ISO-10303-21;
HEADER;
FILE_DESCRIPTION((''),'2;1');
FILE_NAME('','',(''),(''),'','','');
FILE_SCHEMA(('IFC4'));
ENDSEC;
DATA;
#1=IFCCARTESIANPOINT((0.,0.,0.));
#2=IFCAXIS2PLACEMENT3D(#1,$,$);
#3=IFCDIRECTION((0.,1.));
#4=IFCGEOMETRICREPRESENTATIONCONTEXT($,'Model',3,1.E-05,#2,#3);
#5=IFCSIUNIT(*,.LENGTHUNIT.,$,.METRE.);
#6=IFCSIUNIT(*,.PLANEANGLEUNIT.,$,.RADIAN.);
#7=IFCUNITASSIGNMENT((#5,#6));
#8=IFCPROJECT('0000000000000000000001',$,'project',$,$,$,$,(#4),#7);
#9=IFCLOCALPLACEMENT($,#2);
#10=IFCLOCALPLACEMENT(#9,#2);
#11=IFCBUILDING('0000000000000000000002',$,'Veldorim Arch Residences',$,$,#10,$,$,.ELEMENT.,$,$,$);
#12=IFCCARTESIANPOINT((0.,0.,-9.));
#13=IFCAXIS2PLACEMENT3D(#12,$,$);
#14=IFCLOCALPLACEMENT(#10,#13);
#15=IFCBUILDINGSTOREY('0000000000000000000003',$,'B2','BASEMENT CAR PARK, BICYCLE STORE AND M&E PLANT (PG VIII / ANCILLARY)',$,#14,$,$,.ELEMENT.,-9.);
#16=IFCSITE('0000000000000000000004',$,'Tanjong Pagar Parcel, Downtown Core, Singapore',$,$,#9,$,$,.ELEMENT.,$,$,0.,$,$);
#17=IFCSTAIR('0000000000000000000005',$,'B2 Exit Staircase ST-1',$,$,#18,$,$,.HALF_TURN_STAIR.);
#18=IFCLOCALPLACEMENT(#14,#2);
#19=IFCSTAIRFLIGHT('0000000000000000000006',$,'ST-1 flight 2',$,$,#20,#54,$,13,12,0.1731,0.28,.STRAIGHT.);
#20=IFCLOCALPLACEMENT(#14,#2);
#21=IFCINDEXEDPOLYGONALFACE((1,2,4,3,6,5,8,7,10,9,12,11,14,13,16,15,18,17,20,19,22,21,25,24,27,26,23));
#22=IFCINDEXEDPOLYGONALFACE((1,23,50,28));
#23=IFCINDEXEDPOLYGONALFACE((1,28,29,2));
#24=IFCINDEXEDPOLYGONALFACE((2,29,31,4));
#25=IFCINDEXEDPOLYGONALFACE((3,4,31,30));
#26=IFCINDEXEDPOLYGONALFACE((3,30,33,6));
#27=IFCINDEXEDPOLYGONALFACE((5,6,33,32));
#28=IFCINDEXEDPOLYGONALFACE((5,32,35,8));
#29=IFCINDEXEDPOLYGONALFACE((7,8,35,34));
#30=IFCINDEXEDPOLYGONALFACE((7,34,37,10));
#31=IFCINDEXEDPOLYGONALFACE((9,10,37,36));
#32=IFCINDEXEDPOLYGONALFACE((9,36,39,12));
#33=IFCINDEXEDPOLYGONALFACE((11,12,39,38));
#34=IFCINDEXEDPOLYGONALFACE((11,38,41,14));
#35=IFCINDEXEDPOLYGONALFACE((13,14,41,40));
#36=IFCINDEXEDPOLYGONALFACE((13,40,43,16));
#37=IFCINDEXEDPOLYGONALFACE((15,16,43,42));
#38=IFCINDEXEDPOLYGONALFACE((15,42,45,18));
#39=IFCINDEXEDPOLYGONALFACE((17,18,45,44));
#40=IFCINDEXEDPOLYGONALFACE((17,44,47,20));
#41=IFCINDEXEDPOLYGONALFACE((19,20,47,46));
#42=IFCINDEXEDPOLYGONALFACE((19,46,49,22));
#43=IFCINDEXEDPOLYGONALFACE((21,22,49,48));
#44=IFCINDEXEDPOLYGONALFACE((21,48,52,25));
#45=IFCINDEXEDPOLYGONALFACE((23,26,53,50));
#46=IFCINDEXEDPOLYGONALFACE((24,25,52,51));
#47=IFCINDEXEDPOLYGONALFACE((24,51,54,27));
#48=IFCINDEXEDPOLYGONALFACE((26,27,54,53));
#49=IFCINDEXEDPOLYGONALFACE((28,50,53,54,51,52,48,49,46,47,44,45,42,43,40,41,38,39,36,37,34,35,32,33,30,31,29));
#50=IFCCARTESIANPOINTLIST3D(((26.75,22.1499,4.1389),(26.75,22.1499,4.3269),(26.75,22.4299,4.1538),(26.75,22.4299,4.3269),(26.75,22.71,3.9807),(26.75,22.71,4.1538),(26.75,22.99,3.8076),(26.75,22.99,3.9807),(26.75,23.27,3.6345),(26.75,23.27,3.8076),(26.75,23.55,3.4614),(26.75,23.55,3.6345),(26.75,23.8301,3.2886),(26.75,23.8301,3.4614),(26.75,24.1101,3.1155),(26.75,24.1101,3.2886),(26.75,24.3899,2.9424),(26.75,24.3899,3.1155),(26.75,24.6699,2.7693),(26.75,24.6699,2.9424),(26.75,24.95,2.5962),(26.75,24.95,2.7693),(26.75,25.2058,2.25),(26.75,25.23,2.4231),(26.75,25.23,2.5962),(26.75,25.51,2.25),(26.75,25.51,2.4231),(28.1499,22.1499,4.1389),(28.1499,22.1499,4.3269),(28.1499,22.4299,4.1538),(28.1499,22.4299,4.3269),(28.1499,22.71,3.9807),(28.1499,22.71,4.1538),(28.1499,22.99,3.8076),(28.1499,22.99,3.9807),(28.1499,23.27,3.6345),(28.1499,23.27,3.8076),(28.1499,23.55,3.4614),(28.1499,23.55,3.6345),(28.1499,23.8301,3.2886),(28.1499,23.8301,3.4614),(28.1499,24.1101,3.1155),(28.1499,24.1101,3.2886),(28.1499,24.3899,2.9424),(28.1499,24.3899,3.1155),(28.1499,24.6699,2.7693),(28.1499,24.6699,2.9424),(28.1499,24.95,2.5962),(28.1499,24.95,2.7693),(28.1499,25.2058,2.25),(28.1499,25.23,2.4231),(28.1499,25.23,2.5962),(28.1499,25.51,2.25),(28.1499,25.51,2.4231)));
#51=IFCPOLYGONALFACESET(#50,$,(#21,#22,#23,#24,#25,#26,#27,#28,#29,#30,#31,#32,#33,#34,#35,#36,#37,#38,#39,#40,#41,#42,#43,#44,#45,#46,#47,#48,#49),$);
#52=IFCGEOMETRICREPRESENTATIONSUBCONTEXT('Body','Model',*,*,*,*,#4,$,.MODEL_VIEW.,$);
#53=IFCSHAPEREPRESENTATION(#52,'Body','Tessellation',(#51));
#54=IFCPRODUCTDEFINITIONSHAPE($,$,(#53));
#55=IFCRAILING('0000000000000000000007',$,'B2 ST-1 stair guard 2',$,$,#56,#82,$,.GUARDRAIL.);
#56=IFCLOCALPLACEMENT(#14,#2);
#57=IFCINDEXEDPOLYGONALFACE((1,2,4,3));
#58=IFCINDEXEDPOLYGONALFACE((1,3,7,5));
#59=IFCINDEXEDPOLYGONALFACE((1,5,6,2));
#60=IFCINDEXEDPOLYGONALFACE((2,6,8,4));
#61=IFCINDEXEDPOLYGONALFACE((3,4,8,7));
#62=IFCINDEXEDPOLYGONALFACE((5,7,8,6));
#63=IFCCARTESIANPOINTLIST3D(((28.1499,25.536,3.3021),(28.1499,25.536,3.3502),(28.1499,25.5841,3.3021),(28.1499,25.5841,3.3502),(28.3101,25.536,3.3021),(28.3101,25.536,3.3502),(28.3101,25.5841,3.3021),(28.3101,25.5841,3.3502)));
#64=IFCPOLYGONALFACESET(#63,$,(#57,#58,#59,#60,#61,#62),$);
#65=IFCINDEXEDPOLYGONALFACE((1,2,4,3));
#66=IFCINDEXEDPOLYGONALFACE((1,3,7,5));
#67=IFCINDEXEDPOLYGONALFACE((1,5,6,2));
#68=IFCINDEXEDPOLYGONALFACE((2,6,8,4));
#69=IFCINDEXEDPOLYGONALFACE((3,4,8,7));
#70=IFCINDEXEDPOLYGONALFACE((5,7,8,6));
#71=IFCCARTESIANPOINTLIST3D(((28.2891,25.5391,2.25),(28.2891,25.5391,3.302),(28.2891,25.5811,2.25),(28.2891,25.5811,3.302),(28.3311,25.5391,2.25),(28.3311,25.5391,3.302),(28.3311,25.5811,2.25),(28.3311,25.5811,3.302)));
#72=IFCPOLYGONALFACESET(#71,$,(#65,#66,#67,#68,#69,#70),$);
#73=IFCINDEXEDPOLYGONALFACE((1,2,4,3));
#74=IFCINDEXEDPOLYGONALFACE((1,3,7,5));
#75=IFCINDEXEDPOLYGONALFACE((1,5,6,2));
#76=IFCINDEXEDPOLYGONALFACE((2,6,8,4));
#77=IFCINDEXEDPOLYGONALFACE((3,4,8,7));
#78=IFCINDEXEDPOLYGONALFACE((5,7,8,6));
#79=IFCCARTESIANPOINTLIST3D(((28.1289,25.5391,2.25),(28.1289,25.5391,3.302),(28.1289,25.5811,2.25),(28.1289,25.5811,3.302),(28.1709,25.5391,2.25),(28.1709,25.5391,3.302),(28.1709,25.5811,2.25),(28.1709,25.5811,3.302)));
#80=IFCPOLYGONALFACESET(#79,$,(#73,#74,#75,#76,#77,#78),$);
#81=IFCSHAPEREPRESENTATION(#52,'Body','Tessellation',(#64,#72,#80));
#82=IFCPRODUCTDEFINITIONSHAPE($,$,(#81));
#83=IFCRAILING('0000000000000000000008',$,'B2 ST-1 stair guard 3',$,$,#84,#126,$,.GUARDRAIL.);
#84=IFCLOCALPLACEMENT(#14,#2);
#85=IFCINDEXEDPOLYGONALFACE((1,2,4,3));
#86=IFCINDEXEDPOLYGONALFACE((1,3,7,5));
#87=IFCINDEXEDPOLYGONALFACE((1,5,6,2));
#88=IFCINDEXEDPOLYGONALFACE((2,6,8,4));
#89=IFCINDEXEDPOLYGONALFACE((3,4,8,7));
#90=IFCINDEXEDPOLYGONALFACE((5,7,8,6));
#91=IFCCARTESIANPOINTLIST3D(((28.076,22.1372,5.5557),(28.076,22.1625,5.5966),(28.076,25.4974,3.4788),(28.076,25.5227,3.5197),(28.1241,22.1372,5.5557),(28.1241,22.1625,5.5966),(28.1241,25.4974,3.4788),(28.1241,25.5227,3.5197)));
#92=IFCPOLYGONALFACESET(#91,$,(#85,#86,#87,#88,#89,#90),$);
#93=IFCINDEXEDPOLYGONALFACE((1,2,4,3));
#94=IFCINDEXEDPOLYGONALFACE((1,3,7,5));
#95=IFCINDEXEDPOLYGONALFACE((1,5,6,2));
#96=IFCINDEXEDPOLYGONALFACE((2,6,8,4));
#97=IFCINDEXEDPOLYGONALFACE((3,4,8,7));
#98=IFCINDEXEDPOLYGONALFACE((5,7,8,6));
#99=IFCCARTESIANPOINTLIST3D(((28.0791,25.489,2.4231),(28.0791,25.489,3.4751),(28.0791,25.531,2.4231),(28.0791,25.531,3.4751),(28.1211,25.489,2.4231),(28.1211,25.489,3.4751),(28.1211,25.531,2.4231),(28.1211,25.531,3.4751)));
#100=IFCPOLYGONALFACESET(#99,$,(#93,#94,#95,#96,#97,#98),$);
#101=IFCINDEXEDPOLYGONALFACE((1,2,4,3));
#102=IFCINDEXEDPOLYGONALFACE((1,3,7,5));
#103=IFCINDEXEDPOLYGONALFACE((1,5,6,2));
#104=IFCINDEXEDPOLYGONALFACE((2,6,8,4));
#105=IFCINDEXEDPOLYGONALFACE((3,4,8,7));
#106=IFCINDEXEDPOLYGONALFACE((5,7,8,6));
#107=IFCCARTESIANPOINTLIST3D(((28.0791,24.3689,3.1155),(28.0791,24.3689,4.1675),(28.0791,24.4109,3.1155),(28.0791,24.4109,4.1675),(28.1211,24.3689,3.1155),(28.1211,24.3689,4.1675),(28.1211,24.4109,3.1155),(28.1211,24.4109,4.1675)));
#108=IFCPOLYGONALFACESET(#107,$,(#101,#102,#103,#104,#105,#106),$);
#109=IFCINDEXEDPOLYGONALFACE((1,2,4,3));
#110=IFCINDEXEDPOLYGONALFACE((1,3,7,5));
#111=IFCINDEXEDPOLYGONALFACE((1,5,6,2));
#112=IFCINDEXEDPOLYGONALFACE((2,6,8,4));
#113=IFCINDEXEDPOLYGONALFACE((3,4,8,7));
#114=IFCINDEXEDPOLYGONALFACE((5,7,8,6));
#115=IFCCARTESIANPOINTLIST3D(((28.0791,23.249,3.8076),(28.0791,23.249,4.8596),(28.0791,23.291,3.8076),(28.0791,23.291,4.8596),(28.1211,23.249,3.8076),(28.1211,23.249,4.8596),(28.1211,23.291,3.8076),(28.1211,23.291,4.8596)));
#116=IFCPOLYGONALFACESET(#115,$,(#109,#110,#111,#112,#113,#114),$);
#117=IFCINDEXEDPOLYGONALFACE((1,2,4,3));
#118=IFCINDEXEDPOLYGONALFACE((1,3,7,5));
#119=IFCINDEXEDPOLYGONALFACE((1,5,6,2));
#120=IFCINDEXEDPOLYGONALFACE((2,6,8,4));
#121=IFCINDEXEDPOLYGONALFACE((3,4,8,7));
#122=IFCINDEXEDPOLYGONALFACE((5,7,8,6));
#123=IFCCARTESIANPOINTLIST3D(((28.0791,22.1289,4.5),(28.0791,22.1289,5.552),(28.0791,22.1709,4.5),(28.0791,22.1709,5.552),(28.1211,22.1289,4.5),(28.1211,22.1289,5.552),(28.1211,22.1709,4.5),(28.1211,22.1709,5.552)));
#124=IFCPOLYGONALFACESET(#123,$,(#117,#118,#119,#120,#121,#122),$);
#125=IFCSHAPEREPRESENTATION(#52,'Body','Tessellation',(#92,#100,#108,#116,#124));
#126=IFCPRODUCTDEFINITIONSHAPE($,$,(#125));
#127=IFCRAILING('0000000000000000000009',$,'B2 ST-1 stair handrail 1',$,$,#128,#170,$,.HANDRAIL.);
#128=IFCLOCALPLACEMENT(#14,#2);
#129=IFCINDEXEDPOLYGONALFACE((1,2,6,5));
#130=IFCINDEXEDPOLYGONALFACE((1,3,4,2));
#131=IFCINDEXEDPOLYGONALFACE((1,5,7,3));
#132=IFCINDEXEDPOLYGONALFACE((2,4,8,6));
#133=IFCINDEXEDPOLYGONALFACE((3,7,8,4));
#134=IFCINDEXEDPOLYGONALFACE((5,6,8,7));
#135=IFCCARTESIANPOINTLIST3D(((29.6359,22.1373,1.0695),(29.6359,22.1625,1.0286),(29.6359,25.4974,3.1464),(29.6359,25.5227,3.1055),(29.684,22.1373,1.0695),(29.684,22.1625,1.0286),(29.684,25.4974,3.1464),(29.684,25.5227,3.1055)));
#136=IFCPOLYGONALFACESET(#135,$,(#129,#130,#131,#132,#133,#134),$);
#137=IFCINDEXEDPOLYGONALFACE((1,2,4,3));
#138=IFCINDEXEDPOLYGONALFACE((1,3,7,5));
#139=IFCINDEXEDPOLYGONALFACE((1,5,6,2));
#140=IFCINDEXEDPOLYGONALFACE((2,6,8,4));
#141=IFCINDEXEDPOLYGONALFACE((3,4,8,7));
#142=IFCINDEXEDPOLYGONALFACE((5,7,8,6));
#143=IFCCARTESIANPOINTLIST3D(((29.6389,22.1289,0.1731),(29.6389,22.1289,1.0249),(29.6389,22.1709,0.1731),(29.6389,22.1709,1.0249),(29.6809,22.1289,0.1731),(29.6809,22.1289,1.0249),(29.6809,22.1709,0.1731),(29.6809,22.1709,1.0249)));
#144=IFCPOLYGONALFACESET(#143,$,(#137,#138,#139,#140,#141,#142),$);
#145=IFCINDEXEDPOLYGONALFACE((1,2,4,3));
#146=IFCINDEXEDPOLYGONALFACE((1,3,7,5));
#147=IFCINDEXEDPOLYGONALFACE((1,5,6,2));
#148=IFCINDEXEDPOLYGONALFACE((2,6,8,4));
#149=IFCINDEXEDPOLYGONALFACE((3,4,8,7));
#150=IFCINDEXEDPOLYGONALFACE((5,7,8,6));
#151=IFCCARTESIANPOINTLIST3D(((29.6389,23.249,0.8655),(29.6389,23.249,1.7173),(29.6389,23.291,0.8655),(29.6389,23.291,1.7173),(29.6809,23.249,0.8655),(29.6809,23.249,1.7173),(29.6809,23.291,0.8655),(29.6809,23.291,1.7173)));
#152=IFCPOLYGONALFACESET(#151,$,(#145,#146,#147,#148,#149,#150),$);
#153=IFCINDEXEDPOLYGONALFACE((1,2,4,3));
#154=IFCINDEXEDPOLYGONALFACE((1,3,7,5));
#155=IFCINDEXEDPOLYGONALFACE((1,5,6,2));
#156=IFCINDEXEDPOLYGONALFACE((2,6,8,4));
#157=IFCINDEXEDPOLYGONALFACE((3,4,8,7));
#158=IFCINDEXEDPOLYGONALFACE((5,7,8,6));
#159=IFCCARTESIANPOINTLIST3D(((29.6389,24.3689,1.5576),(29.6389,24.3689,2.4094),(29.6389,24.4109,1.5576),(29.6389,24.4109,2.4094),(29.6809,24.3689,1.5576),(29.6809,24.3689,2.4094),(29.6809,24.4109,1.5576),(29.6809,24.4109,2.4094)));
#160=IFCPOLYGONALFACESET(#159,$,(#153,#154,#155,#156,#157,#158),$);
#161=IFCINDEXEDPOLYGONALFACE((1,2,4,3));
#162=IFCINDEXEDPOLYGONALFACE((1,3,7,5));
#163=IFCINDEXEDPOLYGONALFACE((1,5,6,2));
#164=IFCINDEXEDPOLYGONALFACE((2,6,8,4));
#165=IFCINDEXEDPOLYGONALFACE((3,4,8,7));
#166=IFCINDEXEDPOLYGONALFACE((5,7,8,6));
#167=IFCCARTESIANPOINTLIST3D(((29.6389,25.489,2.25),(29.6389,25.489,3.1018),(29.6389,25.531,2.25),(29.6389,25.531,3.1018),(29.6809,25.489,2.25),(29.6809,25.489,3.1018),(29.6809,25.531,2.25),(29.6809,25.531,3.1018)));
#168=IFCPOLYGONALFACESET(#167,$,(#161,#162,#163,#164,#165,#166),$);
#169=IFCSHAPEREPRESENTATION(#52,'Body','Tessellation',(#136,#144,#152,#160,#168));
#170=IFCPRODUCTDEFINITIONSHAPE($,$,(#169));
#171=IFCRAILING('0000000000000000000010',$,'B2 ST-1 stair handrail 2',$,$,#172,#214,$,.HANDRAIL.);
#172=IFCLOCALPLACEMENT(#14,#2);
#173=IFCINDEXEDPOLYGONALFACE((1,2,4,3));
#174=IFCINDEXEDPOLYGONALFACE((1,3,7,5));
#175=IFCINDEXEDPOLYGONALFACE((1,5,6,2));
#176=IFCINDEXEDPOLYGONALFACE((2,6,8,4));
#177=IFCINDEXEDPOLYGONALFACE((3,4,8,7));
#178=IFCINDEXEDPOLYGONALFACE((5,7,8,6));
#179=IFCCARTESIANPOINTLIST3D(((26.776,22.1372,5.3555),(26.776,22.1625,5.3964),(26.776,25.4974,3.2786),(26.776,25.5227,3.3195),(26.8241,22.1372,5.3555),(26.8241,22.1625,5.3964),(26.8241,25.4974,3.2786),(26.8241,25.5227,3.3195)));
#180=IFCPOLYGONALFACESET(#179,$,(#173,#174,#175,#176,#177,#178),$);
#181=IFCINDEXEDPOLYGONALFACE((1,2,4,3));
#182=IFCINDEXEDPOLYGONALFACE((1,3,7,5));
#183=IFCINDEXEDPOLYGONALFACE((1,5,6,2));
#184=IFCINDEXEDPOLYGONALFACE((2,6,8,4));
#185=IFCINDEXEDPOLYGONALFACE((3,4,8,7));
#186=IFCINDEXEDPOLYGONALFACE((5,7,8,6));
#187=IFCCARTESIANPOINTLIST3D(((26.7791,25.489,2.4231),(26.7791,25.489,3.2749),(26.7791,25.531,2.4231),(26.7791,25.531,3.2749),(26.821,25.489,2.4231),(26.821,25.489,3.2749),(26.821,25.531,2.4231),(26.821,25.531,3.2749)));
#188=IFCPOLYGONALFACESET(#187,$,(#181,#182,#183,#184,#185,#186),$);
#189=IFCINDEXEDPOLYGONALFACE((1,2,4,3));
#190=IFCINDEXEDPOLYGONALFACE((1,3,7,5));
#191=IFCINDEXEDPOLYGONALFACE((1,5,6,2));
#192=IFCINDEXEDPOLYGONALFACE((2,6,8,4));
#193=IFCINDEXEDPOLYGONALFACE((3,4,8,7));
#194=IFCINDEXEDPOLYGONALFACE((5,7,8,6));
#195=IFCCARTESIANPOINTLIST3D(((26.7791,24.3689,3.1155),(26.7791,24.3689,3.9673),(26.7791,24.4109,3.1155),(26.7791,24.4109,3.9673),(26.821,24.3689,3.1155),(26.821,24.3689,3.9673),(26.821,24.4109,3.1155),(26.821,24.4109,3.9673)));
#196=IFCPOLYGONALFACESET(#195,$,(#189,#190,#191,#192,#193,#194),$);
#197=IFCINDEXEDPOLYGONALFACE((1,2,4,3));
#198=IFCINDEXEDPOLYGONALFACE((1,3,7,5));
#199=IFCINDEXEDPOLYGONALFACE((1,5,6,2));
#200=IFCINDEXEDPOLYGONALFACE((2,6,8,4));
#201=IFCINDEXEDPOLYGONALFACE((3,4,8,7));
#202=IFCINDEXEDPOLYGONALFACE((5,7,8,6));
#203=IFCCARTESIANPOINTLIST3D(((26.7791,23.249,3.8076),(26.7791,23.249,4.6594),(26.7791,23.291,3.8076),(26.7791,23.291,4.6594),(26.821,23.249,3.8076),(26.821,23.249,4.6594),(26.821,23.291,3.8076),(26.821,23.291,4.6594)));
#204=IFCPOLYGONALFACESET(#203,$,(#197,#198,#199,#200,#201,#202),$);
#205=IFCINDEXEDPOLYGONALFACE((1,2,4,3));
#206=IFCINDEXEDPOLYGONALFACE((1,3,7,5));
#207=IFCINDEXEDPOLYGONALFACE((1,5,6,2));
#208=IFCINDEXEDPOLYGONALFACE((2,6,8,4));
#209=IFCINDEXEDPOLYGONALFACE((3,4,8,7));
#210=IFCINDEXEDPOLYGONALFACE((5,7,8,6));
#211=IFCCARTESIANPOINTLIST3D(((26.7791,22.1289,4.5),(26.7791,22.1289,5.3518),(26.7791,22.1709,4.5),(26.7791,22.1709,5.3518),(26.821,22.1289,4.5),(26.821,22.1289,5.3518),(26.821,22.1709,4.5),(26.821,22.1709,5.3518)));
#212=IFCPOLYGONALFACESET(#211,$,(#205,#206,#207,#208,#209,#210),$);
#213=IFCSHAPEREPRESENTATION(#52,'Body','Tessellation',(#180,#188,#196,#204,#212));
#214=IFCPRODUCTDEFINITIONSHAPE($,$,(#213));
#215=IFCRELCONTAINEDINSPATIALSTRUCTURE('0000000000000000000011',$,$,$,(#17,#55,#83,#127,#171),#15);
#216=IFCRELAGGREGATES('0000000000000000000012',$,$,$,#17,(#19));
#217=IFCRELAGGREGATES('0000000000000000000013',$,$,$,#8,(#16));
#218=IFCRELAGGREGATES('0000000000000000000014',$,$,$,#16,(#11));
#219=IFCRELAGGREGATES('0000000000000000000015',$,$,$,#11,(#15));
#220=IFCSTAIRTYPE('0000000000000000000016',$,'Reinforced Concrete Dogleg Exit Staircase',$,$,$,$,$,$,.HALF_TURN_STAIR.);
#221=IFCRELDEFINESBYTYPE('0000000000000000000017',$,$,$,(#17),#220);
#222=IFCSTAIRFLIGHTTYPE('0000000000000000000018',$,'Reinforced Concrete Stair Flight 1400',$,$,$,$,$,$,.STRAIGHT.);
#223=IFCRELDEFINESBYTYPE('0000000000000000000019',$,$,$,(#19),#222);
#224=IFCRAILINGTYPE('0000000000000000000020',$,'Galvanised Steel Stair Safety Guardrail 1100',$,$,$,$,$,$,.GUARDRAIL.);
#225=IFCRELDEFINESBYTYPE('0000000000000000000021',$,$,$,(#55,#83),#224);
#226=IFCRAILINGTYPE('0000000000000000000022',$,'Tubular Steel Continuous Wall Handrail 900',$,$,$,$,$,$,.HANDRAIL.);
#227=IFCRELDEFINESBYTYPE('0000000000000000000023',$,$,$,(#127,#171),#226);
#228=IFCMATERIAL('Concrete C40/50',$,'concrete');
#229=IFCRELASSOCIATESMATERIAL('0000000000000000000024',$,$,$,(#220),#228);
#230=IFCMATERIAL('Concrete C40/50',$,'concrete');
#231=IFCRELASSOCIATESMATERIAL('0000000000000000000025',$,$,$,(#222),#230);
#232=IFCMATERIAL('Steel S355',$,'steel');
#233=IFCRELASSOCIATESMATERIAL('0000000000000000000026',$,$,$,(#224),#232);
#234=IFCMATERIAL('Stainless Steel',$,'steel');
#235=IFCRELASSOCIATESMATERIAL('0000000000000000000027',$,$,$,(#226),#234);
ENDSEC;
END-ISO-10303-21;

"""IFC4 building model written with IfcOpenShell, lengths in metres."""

from ifc_helpers import new_model, si_unit, direction, frame, origin, origin_2d, place, context, subcontext, project, spatial, polyline, rectangle, outline, extrude, material, type_object, element, aggregate, save


model = new_model("IFC4")

# Units and contexts
model_context = context("Model", 3, precision=1e-05, world=origin(), true_north=direction((0.0, 1.0)))
body_context = subcontext(model_context, "Body", "Model", "MODEL_VIEW")
ifc_project = project(units=[si_unit("LENGTHUNIT", "METRE"), si_unit("PLANEANGLEUNIT", "RADIAN")], contexts=[model_context])

# Site, building, storey
site_placement = place(None, origin())
site = spatial("IfcSite", under=ifc_project, at=site_placement, Name="Tanjong Pagar Parcel, Downtown Core, Singapore", CompositionType="ELEMENT", RefElevation=0.0)
building_placement = place(site_placement, origin())
building = spatial("IfcBuilding", under=site, at=building_placement, Name="Veldorim Arch Residences", CompositionType="ELEMENT")
storey_placement = place(building_placement, frame((0.0, 0.0, -9.0)))
storey = spatial("IfcBuildingStorey", under=building, at=storey_placement, Name="B2", Description="BASEMENT CAR PARK, BICYCLE STORE AND M&E PLANT (PG VIII / ANCILLARY)", CompositionType="ELEMENT", Elevation=-9.0)

# Stair, stair flight
ifc_material_1 = material(Name="Concrete C40/50", Category="concrete")
stair_type = type_object("IfcStairType", Name="Reinforced Concrete Dogleg Exit Staircase", PredefinedType="HALF_TURN_STAIR", material=ifc_material_1)
stair_placement = place(storey_placement, origin())
stair = element("IfcStair", 1, at=stair_placement, inside=storey, type_object=stair_type, Name="B2 Exit Staircase ST-1", PredefinedType="HALF_TURN_STAIR")
ifc_material_2 = material(Name="Concrete C40/50", Category="concrete")
stair_flight_type = type_object("IfcStairFlightType", Name="Reinforced Concrete Stair Flight 1400", PredefinedType="STRAIGHT", material=ifc_material_2)
stair_flight_1_placement = place(storey_placement, frame((27.45, 25.51, 2.25), z_axis=(0.0, 0.0, 1.0), x_axis=(0.0, -1.0, 0.0)))
stair_flight_1 = element("IfcStairFlight", 2, at=stair_flight_1_placement, type_object=stair_flight_type, Name="ST-1 flight 2", NumberOfRisers=13, NumberOfTreads=12, PredefinedType="STRAIGHT", RiserHeight=0.1731, TreadLength=0.28, context=body_context, shape_type="SweptSolid", body=[
    extrude(outline(polyline([(0.0, 0.0), (0.0, 0.1731), (0.28, 0.1731), (0.28, 0.3462), (0.5601, 0.3462), (0.5601, 0.5193), (0.8401, 0.5193), (0.8401, 0.6924), (1.1201, 0.6924), (1.1201, 0.8655), (1.3999, 0.8655), (1.3999, 1.0386), (1.6799, 1.0386), (1.6799, 1.2114), (1.96, 1.2114), (1.96, 1.3845), (2.24, 1.3845), (2.24, 1.5576), (2.52, 1.5576), (2.52, 1.7307), (2.8, 1.7307), (2.8, 1.9038), (3.0801, 1.9038), (3.0801, 2.0769), (3.3601, 2.0769), (3.3601, 2.25), (3.3601, 1.8889), (0.3042, 0.0), (0.0, 0.0)])), frame((0.0, 0.7, 0.0), z_axis=(0.0, -1.0, 0.0), x_axis=(1.0, 0.0, 0.0)), (0.0, 0.0, 1.0), 1.3999),
])
aggregate(stair, [stair_flight_1])

# Railings
ifc_material_3 = material(Name="Steel S355", Category="steel")
railing_type_1 = type_object("IfcRailingType", Name="Galvanised Steel Stair Safety Guardrail 1100", PredefinedType="GUARDRAIL", material=ifc_material_3)
railing_1_placement = place(storey_placement, frame((28.3101, 25.5601, 2.25)))
element("IfcRailing", 3, at=railing_1_placement, inside=storey, type_object=railing_type_1, Name="B2 ST-1 stair guard 2", PredefinedType="GUARDRAIL", context=body_context, shape_type="SweptSolid", body=[
    extrude(rectangle(XDim=0.0481, YDim=0.0481, at=origin_2d()), frame((0.0, 0.0, 1.0762), z_axis=(-1.0, 0.0, 0.0), x_axis=(0.0, -1.0, 0.0)), (0.0, 0.0, 1.0), 0.1602),
    extrude(rectangle(XDim=0.042, YDim=0.042, at=origin_2d()), origin(), (0.0, 0.0, 1.0), 1.052),
    extrude(rectangle(XDim=0.042, YDim=0.042, at=origin_2d()), frame((-0.1602, 0.0, 0.0)), (0.0, 0.0, 1.0), 1.052),
])
railing_2_placement = place(storey_placement, frame((28.1001, 25.51, 2.4231)))
element("IfcRailing", 4, at=railing_2_placement, inside=storey, type_object=railing_type_1, Name="B2 ST-1 stair guard 3", PredefinedType="GUARDRAIL", context=body_context, shape_type="SweptSolid", body=[
    extrude(rectangle(XDim=0.0481, YDim=0.0481, at=origin_2d()), frame((0.0, 0.0, 1.0762), z_axis=(0.0, -0.850623, 0.525776), x_axis=(1.0, 0.0, 0.0)), (0.0, 0.0, 1.0), 3.9502),
    extrude(rectangle(XDim=0.042, YDim=0.042, at=origin_2d()), origin(), (0.0, 0.0, 1.0), 1.052),
    extrude(rectangle(XDim=0.042, YDim=0.042, at=origin_2d()), frame((0.0, -1.1201, 0.6924)), (0.0, 0.0, 1.0), 1.052),
    extrude(rectangle(XDim=0.042, YDim=0.042, at=origin_2d()), frame((0.0, -2.24, 1.3845)), (0.0, 0.0, 1.0), 1.052),
    extrude(rectangle(XDim=0.042, YDim=0.042, at=origin_2d()), frame((0.0, -3.3601, 2.0769)), (0.0, 0.0, 1.0), 1.052),
])
ifc_material_4 = material(Name="Stainless Steel", Category="steel")
railing_type_2 = type_object("IfcRailingType", Name="Tubular Steel Continuous Wall Handrail 900", PredefinedType="HANDRAIL", material=ifc_material_4)
railing_3_placement = place(storey_placement, frame((29.6599, 22.1499, 0.1731)))
element("IfcRailing", 5, at=railing_3_placement, inside=storey, type_object=railing_type_2, Name="B2 ST-1 stair handrail 1", PredefinedType="HANDRAIL", context=body_context, shape_type="SweptSolid", body=[
    extrude(rectangle(XDim=0.0481, YDim=0.0481, at=origin_2d()), frame((0.0, 0.0, 0.876), z_axis=(0.0, 0.850623, 0.525776), x_axis=(-1.0, 0.0, 0.0)), (0.0, 0.0, 1.0), 3.9502),
    extrude(rectangle(XDim=0.042, YDim=0.042, at=origin_2d()), origin(), (0.0, 0.0, 1.0), 0.8518),
    extrude(rectangle(XDim=0.042, YDim=0.042, at=origin_2d()), frame((0.0, 1.1201, 0.6924)), (0.0, 0.0, 1.0), 0.8518),
    extrude(rectangle(XDim=0.042, YDim=0.042, at=origin_2d()), frame((0.0, 2.24, 1.3845)), (0.0, 0.0, 1.0), 0.8518),
    extrude(rectangle(XDim=0.042, YDim=0.042, at=origin_2d()), frame((0.0, 3.3601, 2.0769)), (0.0, 0.0, 1.0), 0.8518),
])
railing_4_placement = place(storey_placement, frame((26.8, 25.51, 2.4231)))
element("IfcRailing", 6, at=railing_4_placement, inside=storey, type_object=railing_type_2, Name="B2 ST-1 stair handrail 2", PredefinedType="HANDRAIL", context=body_context, shape_type="SweptSolid", body=[
    extrude(rectangle(XDim=0.0481, YDim=0.0481, at=origin_2d()), frame((0.0, 0.0, 0.876), z_axis=(0.0, -0.850623, 0.525776), x_axis=(1.0, 0.0, 0.0)), (0.0, 0.0, 1.0), 3.9502),
    extrude(rectangle(XDim=0.042, YDim=0.042, at=origin_2d()), origin(), (0.0, 0.0, 1.0), 0.8518),
    extrude(rectangle(XDim=0.042, YDim=0.042, at=origin_2d()), frame((0.0, -1.1201, 0.6924)), (0.0, 0.0, 1.0), 0.8518),
    extrude(rectangle(XDim=0.042, YDim=0.042, at=origin_2d()), frame((0.0, -2.24, 1.3845)), (0.0, 0.0, 1.0), 0.8518),
    extrude(rectangle(XDim=0.042, YDim=0.042, at=origin_2d()), frame((0.0, -3.3601, 2.0769)), (0.0, 0.0, 1.0), 0.8518),
])

save(model, "model.ifc")
